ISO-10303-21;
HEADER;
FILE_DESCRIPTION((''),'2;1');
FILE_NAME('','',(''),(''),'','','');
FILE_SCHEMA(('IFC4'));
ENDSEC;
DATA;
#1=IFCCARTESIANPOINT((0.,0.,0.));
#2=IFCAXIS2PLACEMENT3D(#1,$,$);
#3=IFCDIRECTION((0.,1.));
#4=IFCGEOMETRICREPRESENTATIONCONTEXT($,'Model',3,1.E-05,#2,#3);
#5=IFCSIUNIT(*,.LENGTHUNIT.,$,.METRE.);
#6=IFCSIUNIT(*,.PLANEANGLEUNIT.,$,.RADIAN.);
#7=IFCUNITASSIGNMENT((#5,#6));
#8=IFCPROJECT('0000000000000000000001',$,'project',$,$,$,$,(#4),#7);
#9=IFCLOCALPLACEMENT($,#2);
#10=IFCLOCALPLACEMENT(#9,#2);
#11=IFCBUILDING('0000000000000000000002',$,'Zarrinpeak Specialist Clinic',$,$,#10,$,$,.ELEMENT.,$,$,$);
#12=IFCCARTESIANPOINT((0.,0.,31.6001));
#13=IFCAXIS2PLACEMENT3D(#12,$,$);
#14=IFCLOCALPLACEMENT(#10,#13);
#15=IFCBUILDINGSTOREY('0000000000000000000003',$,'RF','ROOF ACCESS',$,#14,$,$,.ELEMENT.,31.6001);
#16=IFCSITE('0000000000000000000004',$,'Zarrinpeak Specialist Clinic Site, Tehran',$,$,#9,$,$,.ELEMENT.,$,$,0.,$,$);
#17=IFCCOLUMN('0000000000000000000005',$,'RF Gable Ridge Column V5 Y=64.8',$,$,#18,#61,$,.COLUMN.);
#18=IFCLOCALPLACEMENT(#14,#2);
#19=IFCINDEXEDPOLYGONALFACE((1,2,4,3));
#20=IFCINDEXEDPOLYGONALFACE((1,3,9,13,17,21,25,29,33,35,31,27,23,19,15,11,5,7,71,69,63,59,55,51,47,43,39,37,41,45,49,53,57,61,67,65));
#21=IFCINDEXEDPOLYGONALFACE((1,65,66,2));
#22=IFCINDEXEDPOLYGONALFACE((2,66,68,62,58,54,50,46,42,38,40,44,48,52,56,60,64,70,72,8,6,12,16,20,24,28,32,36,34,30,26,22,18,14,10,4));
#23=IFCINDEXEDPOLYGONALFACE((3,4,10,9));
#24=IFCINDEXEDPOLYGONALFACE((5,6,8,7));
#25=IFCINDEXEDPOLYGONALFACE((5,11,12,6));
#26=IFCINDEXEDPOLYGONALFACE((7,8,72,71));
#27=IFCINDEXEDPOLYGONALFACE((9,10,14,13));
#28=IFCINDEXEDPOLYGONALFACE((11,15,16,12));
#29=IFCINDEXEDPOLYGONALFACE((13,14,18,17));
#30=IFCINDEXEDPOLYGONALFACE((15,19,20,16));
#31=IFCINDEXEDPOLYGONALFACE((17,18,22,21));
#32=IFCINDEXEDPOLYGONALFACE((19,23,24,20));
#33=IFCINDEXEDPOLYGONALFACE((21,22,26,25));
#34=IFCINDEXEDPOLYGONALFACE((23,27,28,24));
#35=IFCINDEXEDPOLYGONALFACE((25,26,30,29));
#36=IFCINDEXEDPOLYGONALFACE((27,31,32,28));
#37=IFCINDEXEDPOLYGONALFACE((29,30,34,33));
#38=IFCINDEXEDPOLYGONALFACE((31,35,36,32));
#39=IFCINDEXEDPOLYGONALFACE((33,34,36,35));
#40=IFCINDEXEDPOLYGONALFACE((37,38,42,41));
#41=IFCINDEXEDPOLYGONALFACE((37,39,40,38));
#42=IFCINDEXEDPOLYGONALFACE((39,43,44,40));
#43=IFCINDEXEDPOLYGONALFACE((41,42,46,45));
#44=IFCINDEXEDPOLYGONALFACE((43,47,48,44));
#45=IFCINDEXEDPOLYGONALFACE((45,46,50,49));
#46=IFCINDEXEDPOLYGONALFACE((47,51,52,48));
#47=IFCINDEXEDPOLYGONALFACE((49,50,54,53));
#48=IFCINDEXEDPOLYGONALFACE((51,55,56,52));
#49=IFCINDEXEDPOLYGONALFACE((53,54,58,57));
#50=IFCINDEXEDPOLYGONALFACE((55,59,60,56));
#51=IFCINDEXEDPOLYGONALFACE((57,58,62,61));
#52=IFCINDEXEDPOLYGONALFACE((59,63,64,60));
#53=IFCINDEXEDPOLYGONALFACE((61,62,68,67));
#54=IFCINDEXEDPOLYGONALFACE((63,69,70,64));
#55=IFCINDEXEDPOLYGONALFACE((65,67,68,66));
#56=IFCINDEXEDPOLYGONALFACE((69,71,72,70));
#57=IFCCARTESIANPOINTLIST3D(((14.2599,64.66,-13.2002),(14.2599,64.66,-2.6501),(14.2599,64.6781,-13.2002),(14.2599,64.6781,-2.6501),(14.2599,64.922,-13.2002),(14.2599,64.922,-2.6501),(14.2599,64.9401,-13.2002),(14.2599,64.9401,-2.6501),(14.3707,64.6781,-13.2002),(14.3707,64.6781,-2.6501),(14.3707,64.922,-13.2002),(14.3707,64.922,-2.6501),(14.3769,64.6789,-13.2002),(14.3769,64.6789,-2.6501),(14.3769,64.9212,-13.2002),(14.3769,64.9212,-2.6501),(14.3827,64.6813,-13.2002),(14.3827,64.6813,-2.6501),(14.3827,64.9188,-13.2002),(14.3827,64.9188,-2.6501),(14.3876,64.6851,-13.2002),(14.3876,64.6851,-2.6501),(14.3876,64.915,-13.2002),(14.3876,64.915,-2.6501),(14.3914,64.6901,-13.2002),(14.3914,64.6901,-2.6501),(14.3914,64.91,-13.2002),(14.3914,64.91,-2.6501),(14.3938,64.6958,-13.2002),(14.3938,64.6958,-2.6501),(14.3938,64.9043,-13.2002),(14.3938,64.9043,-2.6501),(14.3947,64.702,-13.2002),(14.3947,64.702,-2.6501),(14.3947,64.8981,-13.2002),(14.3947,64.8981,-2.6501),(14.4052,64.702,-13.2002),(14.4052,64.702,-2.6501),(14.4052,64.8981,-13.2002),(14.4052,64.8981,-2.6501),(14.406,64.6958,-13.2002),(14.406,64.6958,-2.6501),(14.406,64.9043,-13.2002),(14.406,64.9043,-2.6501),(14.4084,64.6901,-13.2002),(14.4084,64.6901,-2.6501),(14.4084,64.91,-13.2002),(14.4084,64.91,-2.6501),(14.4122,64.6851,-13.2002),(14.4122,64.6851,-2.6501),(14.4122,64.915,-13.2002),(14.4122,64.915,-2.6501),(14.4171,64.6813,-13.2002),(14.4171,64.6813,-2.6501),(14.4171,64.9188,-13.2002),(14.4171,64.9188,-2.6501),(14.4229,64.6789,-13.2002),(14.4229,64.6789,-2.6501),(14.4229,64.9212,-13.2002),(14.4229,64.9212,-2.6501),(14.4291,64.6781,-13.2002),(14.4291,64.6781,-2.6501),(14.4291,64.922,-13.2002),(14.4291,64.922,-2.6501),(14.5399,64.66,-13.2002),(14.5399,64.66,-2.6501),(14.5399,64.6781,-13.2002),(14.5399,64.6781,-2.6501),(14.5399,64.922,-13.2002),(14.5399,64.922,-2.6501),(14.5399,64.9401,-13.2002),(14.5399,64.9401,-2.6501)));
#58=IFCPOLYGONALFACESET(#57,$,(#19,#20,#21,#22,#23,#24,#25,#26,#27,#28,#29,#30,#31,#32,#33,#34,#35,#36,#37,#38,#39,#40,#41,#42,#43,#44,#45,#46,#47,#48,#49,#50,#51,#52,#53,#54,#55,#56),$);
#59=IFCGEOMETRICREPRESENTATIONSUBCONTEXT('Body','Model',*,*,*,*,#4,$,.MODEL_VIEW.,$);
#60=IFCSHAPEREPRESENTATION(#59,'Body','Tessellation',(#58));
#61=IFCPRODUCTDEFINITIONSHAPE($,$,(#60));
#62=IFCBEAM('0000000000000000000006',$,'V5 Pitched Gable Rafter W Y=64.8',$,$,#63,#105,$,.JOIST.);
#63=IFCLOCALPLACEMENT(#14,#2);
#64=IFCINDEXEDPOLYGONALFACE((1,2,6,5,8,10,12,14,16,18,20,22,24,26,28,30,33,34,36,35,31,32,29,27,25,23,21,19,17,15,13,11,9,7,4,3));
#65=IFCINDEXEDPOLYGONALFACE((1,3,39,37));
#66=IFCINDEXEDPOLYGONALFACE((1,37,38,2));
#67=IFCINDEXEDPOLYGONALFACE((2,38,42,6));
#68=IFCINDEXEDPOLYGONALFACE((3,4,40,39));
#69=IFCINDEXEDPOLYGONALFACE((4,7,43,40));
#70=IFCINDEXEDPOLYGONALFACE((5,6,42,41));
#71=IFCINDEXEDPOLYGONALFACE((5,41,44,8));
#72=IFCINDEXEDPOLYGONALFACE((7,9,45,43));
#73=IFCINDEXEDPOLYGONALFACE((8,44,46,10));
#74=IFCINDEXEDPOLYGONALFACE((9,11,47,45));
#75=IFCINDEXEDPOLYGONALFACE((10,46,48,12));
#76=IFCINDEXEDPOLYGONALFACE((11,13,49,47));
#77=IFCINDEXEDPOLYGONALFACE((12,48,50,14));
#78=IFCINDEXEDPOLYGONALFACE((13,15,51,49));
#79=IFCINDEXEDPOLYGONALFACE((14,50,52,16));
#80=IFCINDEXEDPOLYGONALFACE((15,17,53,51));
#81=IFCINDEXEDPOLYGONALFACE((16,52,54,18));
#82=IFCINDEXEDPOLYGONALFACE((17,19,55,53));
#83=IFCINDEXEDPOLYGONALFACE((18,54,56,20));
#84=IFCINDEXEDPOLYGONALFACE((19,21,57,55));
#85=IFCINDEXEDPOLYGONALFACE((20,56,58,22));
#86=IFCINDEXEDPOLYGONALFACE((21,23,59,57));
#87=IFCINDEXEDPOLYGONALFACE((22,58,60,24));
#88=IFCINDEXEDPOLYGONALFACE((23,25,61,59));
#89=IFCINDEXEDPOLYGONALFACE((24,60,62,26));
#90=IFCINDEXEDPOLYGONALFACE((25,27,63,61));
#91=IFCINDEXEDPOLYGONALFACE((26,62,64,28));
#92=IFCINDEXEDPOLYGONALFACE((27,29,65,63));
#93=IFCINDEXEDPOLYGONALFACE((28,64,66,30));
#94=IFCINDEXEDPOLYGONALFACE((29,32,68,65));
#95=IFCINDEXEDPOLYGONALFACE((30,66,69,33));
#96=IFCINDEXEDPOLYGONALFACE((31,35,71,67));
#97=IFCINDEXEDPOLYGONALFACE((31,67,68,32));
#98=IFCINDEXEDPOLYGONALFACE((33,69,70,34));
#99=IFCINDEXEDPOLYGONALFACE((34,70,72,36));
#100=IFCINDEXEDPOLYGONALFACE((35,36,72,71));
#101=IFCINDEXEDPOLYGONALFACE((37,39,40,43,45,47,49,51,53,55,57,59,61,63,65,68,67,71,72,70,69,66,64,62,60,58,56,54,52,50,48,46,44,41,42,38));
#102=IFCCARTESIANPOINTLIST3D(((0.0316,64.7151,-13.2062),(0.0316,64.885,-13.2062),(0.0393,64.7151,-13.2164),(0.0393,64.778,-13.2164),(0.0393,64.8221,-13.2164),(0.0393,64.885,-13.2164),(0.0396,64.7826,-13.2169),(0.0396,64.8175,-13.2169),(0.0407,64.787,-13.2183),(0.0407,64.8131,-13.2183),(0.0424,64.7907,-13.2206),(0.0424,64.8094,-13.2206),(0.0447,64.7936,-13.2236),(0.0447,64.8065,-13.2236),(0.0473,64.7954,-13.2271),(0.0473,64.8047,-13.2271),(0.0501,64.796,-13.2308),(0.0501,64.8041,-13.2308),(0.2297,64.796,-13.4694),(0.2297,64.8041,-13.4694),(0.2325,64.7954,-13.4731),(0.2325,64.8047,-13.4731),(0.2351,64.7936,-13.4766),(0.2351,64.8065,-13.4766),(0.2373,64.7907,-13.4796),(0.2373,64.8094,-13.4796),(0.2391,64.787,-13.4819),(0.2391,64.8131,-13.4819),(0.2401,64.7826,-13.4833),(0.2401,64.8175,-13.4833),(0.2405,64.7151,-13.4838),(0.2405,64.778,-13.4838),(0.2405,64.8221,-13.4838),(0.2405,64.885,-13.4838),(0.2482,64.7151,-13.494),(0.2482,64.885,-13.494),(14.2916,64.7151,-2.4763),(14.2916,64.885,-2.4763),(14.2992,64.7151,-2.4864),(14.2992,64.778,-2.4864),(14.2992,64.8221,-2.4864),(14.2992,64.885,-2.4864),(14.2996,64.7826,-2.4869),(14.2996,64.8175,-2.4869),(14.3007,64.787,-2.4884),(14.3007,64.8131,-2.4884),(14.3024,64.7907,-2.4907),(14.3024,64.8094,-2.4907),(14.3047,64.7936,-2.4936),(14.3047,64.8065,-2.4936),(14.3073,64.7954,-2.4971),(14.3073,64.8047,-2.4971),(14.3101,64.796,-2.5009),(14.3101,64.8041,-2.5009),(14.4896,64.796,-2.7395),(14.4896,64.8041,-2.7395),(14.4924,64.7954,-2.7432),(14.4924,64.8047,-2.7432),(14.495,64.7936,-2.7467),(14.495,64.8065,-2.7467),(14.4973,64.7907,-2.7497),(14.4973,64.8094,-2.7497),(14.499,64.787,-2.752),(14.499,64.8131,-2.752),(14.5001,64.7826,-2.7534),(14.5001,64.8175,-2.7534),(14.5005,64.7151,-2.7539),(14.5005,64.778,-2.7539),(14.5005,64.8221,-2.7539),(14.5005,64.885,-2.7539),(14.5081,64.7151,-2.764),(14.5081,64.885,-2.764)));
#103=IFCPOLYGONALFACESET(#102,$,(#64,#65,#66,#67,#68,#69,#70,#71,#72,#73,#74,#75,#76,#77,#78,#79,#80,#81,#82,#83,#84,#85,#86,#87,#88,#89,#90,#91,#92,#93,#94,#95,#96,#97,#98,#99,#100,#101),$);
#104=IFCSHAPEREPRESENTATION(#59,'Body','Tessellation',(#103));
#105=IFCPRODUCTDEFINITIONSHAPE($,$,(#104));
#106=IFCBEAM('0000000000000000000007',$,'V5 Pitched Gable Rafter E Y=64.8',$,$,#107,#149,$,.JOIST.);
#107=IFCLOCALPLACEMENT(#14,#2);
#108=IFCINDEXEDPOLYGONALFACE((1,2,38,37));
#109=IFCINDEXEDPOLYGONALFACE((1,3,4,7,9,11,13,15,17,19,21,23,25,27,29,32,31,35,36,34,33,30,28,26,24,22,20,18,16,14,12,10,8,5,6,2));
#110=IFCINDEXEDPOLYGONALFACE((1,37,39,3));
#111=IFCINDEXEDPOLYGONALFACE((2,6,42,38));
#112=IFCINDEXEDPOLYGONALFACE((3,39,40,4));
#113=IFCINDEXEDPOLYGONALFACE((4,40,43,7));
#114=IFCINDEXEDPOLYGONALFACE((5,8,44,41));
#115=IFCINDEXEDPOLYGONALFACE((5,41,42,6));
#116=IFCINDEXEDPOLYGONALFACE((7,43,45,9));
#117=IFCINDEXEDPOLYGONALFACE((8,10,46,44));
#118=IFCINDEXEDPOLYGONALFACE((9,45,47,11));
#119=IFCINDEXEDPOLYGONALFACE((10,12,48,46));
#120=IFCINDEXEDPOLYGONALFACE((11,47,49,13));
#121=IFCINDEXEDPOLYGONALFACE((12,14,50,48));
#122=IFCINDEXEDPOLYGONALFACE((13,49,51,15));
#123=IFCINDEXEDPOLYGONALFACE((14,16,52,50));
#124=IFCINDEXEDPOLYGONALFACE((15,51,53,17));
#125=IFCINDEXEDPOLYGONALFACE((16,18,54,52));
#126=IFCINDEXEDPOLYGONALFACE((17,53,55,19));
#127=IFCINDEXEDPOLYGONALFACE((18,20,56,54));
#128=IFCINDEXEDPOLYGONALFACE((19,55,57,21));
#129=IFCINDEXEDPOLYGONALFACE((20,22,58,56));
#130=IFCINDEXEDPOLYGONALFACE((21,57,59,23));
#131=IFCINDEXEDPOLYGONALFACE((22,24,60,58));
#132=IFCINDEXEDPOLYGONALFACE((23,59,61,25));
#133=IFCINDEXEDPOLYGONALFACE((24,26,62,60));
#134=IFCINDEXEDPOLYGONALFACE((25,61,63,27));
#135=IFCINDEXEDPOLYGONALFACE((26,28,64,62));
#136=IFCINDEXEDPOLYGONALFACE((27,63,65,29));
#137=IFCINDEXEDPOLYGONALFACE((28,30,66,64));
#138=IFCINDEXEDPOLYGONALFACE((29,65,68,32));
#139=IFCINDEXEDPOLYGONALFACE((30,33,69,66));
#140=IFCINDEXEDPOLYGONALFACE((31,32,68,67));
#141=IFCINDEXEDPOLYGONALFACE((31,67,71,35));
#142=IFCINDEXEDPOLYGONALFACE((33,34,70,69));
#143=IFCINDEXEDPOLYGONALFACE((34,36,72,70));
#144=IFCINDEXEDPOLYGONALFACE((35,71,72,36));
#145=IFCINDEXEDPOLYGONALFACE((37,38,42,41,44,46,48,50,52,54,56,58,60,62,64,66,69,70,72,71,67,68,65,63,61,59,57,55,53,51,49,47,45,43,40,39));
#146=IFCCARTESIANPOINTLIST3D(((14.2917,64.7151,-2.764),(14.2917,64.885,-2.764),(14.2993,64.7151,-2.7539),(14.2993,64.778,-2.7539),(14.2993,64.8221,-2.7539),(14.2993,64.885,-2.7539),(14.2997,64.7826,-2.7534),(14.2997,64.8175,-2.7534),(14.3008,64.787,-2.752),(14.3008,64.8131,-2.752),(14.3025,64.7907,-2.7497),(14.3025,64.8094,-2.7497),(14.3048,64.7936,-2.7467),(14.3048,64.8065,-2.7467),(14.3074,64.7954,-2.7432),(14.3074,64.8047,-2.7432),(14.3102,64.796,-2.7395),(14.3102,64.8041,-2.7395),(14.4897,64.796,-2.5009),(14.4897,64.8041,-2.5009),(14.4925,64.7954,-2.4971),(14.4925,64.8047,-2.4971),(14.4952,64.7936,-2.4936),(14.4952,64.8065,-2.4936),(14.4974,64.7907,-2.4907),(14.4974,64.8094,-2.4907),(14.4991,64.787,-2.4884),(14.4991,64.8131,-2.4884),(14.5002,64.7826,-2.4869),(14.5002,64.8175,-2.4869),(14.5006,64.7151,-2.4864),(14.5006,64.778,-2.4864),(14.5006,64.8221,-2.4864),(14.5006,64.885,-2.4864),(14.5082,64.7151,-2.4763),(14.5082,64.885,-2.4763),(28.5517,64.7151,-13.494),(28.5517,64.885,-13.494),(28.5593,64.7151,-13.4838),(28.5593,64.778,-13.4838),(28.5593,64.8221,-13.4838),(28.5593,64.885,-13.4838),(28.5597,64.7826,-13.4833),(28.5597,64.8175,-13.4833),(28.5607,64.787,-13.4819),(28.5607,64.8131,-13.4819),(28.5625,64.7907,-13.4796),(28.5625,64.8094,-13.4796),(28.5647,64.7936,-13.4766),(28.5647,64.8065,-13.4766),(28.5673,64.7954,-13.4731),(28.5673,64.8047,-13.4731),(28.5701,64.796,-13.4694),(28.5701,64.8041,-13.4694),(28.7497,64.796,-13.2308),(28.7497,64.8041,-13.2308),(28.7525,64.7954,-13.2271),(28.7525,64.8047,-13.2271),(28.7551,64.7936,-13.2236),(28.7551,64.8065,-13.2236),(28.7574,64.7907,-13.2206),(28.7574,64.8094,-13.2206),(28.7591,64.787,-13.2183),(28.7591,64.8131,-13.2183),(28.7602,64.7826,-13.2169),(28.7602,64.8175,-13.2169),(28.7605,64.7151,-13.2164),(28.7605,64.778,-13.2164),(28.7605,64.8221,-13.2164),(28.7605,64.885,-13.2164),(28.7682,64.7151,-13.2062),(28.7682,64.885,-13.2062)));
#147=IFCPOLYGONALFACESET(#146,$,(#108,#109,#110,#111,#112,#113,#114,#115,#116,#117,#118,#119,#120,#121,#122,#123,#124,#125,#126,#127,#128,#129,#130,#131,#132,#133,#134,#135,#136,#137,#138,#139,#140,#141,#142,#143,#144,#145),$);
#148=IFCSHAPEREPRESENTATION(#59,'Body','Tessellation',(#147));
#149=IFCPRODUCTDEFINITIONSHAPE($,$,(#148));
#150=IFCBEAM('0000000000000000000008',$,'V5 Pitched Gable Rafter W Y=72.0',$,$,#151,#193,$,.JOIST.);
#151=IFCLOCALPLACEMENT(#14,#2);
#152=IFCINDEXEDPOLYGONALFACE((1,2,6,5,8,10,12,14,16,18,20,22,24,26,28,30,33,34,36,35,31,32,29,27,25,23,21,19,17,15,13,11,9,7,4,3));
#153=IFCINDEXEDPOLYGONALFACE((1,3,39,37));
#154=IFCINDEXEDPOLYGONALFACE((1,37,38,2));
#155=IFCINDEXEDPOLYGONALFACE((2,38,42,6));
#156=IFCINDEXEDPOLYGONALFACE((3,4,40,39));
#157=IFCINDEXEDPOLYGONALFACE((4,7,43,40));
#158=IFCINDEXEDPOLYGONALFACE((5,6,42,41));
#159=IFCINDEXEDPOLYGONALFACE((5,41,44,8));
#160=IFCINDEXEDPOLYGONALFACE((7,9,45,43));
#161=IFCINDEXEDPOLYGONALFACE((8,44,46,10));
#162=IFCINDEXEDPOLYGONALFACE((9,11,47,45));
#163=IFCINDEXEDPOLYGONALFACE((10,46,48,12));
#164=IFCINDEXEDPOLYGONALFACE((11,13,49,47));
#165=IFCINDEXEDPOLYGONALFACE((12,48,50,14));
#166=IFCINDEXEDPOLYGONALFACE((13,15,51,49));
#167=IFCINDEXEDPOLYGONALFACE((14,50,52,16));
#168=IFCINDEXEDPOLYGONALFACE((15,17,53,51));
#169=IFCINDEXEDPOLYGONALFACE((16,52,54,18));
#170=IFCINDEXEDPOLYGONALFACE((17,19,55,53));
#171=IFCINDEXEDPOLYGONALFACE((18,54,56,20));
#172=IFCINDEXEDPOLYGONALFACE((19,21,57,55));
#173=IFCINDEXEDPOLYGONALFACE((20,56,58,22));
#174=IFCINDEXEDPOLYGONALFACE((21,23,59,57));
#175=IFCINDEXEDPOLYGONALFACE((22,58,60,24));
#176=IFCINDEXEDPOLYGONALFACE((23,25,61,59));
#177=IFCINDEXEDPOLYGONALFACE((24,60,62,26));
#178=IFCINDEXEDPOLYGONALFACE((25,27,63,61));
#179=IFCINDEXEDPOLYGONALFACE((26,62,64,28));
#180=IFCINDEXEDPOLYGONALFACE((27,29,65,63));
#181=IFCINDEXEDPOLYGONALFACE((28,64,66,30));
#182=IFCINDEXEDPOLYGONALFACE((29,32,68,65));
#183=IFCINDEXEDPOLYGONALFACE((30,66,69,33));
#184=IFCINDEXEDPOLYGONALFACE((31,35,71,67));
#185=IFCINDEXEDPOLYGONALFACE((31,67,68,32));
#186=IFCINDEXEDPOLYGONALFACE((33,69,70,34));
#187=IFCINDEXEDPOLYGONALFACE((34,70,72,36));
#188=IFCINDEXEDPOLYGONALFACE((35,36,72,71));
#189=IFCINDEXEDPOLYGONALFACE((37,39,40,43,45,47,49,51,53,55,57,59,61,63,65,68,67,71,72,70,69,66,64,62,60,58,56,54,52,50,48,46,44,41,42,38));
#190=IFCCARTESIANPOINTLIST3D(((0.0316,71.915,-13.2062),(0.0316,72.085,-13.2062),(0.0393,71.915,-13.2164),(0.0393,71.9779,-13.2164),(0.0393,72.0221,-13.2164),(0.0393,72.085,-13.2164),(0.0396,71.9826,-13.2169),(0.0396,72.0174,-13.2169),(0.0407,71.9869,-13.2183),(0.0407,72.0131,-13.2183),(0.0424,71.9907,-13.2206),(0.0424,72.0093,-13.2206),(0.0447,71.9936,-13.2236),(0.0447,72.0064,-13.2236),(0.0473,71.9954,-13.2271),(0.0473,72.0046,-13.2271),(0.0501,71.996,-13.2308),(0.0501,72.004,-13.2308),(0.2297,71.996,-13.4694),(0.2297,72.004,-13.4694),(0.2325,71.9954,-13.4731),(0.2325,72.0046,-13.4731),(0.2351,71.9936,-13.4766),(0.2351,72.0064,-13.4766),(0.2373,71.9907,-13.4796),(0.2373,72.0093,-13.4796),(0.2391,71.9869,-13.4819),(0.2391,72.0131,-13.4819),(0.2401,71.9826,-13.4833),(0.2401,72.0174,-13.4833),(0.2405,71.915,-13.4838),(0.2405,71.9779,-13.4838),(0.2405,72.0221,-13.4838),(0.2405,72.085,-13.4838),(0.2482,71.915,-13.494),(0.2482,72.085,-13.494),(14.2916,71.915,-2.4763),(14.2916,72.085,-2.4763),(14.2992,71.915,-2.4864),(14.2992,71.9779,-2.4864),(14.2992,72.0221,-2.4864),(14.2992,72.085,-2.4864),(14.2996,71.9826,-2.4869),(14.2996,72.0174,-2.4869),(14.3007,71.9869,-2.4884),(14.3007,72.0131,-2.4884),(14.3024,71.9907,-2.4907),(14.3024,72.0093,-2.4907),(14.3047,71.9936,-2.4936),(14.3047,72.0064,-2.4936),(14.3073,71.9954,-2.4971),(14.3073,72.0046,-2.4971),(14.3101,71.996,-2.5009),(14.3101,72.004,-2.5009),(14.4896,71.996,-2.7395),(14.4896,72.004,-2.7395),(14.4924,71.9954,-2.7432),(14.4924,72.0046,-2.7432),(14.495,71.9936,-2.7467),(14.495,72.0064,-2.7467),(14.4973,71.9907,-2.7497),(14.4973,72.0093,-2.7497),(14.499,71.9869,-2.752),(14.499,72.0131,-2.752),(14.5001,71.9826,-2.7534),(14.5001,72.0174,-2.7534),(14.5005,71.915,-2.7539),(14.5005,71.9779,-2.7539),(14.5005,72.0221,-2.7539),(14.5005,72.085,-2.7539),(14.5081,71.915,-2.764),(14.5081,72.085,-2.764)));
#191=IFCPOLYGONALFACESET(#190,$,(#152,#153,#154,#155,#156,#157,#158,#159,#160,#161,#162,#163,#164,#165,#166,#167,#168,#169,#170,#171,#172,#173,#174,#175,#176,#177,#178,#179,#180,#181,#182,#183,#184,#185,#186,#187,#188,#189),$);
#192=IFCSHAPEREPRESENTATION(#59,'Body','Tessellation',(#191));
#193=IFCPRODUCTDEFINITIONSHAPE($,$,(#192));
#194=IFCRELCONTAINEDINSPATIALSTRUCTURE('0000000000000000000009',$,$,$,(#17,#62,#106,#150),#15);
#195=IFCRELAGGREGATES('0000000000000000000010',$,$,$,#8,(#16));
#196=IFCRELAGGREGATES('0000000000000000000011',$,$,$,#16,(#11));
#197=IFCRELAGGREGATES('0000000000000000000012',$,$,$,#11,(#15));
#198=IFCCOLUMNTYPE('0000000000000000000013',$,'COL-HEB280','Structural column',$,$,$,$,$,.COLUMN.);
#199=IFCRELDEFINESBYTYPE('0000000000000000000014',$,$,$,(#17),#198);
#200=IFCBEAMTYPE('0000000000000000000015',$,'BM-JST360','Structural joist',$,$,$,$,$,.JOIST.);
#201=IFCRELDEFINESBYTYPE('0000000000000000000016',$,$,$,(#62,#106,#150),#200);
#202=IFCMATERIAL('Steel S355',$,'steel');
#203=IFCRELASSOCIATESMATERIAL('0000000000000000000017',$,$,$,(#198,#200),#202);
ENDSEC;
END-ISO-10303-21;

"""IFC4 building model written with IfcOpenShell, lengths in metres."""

from ifc_helpers import new_model, si_unit, direction, frame, origin, origin_2d, place, context, subcontext, project, spatial, i_section, extrude, material, material_profile, profile_set, type_object, element, save


model = new_model("IFC4")

# Units and contexts
model_context = context("Model", 3, precision=1e-05, world=origin(), true_north=direction((0.0, 1.0)))
body_context = subcontext(model_context, "Body", "Model", "MODEL_VIEW")
ifc_project = project(units=[si_unit("LENGTHUNIT", "METRE"), si_unit("PLANEANGLEUNIT", "RADIAN")], contexts=[model_context])

# Site, building, storey
site_placement = place(None, origin())
site = spatial("IfcSite", under=ifc_project, at=site_placement, Name="Zarrinpeak Specialist Clinic Site, Tehran", CompositionType="ELEMENT", RefElevation=0.0)
building_placement = place(site_placement, origin())
building = spatial("IfcBuilding", under=site, at=building_placement, Name="Zarrinpeak Specialist Clinic", CompositionType="ELEMENT")
storey_placement = place(building_placement, frame((0.0, 0.0, 31.6001)))
storey = spatial("IfcBuildingStorey", under=building, at=storey_placement, Name="RF", Description="ROOF ACCESS", CompositionType="ELEMENT", Elevation=31.6001)

# Column
ifc_material_1 = material(Name="Steel S355", Category="steel")
ifc_material_profile_1 = material_profile(ifc_material_1, i_section(OverallWidth=0.28, OverallDepth=0.28, WebThickness=0.0105, FlangeThickness=0.0181, FilletRadius=0.0239, at=origin_2d()), Name="HEB 280")
ifc_profile_set_1 = profile_set([ifc_material_profile_1], Name="Steel S355")
column_type = type_object("IfcColumnType", Name="COL-HEB280", Description="Structural column", PredefinedType="COLUMN", material=ifc_profile_set_1)
column_placement = place(storey_placement, frame((14.3999, 64.8, -13.2002), z_axis=(0.0, 0.0, 1.0), x_axis=(1.0, 0.0, 0.0)))
element("IfcColumn", 1, at=column_placement, inside=storey, type_object=column_type, Name="RF Gable Ridge Column V5 Y=64.8", PredefinedType="COLUMN", context=body_context, shape_type="SweptSolid", body=[
    extrude(i_section(OverallWidth=0.28, OverallDepth=0.28, WebThickness=0.0105, FlangeThickness=0.0181, FilletRadius=0.0239, at=origin_2d()), origin(), (0.0, 0.0, 1.0), 10.55),
])

# Beams
ifc_material_profile_2 = material_profile(ifc_material_1, i_section(OverallWidth=0.1699, OverallDepth=0.3601, WebThickness=0.0081, FlangeThickness=0.0127, FilletRadius=0.0181, at=origin_2d()), Name="IPE 360")
ifc_profile_set_2 = profile_set([ifc_material_profile_2], Name="Steel S355")
beam_type_1 = type_object("IfcBeamType", Name="BM-JST360", Description="Structural joist", PredefinedType="JOIST", material=ifc_profile_set_2)
for number, where, z_axis, x_axis, name in (
    (2, (0.1399, 64.8, -13.3501), (0.799058, 0.0, 0.601253), (0.0, 1.0, 0.0), "V5 Pitched Gable Rafter W Y=64.8"),
    (3, (28.6599, 64.8, -13.3501), (-0.799058, 0.0, 0.601253), (0.0, -1.0, 0.0), "V5 Pitched Gable Rafter E Y=64.8"),
    (4, (0.1399, 72.0, -13.3501), (0.799058, 0.0, 0.601253), (0.0, 1.0, 0.0), "V5 Pitched Gable Rafter W Y=72.0"),
):
    element("IfcBeam", number, at=place(storey_placement, frame(where, z_axis=z_axis, x_axis=x_axis)), inside=storey, type_object=beam_type_1, Name=name, PredefinedType="JOIST", context=body_context, shape_type="SweptSolid", body=[
        extrude(i_section(OverallWidth=0.1699, OverallDepth=0.3601, WebThickness=0.0081, FlangeThickness=0.0127, FilletRadius=0.0181, at=origin_2d()), origin(), (0.0, 0.0, 1.0), 17.8459),
    ])

save(model, "model.ifc")
